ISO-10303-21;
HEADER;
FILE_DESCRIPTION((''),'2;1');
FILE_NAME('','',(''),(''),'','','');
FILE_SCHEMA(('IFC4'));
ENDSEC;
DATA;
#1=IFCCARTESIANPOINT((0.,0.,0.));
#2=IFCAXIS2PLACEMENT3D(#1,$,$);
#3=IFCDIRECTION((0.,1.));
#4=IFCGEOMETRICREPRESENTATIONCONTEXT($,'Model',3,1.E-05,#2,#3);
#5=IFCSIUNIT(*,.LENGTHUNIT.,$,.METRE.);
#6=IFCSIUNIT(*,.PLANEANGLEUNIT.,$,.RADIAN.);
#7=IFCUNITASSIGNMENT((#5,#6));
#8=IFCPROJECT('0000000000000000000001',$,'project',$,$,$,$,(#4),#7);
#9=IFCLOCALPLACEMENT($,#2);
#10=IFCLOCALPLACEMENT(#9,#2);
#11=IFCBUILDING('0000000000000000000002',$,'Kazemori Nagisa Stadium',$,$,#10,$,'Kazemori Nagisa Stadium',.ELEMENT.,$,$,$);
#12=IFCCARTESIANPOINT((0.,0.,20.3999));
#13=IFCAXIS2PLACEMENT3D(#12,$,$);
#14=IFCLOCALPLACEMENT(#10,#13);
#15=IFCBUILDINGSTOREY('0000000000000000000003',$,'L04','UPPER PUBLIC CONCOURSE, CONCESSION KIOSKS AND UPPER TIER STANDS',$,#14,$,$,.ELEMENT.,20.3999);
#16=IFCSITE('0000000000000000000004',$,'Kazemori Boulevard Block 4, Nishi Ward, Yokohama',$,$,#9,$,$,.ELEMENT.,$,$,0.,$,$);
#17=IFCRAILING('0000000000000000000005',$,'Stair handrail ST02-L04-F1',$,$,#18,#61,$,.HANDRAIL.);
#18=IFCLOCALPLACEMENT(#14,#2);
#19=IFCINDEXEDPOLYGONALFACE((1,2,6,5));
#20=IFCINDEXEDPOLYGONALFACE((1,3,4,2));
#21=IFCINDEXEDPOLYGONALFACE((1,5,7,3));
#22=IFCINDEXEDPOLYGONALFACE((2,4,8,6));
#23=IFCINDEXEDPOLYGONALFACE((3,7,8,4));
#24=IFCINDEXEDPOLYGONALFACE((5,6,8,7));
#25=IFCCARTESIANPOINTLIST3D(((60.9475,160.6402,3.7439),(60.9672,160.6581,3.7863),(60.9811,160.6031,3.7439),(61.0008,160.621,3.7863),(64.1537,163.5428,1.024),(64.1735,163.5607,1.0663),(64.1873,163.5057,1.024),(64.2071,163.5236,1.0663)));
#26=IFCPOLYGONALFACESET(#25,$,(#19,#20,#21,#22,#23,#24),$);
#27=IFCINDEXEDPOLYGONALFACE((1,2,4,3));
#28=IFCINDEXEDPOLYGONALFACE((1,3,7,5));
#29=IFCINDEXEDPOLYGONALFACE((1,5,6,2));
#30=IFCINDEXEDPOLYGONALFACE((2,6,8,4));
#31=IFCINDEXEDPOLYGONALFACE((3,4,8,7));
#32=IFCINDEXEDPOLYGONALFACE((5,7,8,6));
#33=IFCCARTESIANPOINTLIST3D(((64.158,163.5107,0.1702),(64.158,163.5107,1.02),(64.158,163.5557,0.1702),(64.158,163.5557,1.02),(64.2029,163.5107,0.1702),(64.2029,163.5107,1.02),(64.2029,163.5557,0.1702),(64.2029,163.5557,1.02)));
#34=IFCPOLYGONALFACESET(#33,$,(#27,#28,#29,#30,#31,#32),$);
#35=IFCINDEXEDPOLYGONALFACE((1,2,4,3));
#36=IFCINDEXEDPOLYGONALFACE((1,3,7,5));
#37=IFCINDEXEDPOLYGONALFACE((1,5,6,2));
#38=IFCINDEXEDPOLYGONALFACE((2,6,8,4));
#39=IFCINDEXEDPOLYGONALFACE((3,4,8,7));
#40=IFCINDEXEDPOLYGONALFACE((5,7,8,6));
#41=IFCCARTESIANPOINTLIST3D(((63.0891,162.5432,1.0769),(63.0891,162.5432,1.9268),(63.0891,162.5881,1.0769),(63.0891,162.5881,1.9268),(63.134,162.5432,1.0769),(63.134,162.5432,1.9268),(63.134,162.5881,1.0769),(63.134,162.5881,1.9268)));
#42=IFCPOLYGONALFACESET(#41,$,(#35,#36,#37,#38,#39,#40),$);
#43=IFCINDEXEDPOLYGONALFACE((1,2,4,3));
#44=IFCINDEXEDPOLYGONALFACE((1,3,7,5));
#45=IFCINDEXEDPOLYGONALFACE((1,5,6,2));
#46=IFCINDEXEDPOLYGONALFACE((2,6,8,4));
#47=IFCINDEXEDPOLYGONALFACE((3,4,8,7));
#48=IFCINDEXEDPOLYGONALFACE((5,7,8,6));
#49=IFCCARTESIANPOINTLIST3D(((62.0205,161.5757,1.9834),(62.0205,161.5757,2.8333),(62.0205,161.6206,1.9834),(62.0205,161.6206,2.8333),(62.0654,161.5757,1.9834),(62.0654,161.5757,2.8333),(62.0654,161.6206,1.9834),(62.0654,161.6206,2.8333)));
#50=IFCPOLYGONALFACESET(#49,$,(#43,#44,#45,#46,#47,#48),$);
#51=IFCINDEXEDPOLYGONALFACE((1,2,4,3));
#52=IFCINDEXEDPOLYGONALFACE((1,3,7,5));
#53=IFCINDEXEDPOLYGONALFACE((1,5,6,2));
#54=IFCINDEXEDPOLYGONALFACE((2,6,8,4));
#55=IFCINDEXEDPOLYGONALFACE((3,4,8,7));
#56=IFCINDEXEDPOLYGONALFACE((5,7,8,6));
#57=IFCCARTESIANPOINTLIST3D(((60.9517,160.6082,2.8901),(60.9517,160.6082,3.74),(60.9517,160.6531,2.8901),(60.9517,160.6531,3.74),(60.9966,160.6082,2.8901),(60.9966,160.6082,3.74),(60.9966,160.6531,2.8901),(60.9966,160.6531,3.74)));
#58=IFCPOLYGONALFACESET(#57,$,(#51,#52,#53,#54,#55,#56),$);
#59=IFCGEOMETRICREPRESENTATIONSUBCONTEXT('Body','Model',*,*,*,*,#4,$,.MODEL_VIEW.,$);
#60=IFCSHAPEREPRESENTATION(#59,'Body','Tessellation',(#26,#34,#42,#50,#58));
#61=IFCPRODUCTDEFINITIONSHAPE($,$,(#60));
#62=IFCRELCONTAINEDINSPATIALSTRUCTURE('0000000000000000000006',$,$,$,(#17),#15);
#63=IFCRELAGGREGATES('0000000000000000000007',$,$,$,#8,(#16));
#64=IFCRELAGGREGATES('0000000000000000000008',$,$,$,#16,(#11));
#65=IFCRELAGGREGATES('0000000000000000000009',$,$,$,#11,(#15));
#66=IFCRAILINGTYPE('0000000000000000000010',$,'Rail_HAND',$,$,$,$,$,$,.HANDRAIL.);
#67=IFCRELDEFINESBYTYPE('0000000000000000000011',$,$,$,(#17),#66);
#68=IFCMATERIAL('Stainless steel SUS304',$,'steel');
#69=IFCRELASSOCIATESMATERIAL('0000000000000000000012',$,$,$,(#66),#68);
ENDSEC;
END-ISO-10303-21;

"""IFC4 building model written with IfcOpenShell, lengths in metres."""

from ifc_helpers import new_model, si_unit, direction, frame, origin, origin_2d, place, context, subcontext, project, spatial, rectangle, extrude, material, type_object, element, save


model = new_model("IFC4")

# Units and contexts
model_context = context("Model", 3, precision=1e-05, world=origin(), true_north=direction((0.0, 1.0)))
body_context = subcontext(model_context, "Body", "Model", "MODEL_VIEW")
ifc_project = project(units=[si_unit("LENGTHUNIT", "METRE"), si_unit("PLANEANGLEUNIT", "RADIAN")], contexts=[model_context])

# Site, building, storey
site_placement = place(None, origin())
site = spatial("IfcSite", under=ifc_project, at=site_placement, Name="Kazemori Boulevard Block 4, Nishi Ward, Yokohama", CompositionType="ELEMENT", RefElevation=0.0)
building_placement = place(site_placement, origin())
building = spatial("IfcBuilding", under=site, at=building_placement, Name="Kazemori Nagisa Stadium", LongName="Kazemori Nagisa Stadium", CompositionType="ELEMENT")
storey_placement = place(building_placement, frame((0.0, 0.0, 20.3999)))
storey = spatial("IfcBuildingStorey", under=building, at=storey_placement, Name="L04", Description="UPPER PUBLIC CONCOURSE, CONCESSION KIOSKS AND UPPER TIER STANDS", CompositionType="ELEMENT", Elevation=20.3999)

# Railing
ifc_material_1 = material(Name="Stainless steel SUS304", Category="steel")
railing_type_1 = type_object("IfcRailingType", Name="Rail_HAND", PredefinedType="HANDRAIL", material=ifc_material_1)
railing_1_placement = place(storey_placement, frame((64.1804, 163.5332, 0.1702)))
element("IfcRailing", 1, at=railing_1_placement, inside=storey, type_object=railing_type_1, Name="Stair handrail ST02-L04-F1", PredefinedType="HANDRAIL", context=body_context, shape_type="SweptSolid", body=[
    extrude(rectangle(XDim=0.05, YDim=0.05, at=origin_2d()), frame((0.0, 0.0, 0.875), z_axis=(-0.627558, -0.568113, 0.53237), x_axis=(0.671123, -0.741346, 0.0)), (0.0, 0.0, 1.0), 5.1091),
    extrude(rectangle(XDim=0.0449, YDim=0.0449, at=origin_2d()), origin(), (0.0, 0.0, 1.0), 0.8499),
    extrude(rectangle(XDim=0.0449, YDim=0.0449, at=origin_2d()), frame((-1.0688, -0.9675, 0.9067)), (0.0, 0.0, 1.0), 0.8499),
    extrude(rectangle(XDim=0.0449, YDim=0.0449, at=origin_2d()), frame((-2.1375, -1.9351, 1.8132)), (0.0, 0.0, 1.0), 0.8499),
    extrude(rectangle(XDim=0.0449, YDim=0.0449, at=origin_2d()), frame((-3.2063, -2.9026, 2.72)), (0.0, 0.0, 1.0), 0.8499),
])

save(model, "model.ifc")
